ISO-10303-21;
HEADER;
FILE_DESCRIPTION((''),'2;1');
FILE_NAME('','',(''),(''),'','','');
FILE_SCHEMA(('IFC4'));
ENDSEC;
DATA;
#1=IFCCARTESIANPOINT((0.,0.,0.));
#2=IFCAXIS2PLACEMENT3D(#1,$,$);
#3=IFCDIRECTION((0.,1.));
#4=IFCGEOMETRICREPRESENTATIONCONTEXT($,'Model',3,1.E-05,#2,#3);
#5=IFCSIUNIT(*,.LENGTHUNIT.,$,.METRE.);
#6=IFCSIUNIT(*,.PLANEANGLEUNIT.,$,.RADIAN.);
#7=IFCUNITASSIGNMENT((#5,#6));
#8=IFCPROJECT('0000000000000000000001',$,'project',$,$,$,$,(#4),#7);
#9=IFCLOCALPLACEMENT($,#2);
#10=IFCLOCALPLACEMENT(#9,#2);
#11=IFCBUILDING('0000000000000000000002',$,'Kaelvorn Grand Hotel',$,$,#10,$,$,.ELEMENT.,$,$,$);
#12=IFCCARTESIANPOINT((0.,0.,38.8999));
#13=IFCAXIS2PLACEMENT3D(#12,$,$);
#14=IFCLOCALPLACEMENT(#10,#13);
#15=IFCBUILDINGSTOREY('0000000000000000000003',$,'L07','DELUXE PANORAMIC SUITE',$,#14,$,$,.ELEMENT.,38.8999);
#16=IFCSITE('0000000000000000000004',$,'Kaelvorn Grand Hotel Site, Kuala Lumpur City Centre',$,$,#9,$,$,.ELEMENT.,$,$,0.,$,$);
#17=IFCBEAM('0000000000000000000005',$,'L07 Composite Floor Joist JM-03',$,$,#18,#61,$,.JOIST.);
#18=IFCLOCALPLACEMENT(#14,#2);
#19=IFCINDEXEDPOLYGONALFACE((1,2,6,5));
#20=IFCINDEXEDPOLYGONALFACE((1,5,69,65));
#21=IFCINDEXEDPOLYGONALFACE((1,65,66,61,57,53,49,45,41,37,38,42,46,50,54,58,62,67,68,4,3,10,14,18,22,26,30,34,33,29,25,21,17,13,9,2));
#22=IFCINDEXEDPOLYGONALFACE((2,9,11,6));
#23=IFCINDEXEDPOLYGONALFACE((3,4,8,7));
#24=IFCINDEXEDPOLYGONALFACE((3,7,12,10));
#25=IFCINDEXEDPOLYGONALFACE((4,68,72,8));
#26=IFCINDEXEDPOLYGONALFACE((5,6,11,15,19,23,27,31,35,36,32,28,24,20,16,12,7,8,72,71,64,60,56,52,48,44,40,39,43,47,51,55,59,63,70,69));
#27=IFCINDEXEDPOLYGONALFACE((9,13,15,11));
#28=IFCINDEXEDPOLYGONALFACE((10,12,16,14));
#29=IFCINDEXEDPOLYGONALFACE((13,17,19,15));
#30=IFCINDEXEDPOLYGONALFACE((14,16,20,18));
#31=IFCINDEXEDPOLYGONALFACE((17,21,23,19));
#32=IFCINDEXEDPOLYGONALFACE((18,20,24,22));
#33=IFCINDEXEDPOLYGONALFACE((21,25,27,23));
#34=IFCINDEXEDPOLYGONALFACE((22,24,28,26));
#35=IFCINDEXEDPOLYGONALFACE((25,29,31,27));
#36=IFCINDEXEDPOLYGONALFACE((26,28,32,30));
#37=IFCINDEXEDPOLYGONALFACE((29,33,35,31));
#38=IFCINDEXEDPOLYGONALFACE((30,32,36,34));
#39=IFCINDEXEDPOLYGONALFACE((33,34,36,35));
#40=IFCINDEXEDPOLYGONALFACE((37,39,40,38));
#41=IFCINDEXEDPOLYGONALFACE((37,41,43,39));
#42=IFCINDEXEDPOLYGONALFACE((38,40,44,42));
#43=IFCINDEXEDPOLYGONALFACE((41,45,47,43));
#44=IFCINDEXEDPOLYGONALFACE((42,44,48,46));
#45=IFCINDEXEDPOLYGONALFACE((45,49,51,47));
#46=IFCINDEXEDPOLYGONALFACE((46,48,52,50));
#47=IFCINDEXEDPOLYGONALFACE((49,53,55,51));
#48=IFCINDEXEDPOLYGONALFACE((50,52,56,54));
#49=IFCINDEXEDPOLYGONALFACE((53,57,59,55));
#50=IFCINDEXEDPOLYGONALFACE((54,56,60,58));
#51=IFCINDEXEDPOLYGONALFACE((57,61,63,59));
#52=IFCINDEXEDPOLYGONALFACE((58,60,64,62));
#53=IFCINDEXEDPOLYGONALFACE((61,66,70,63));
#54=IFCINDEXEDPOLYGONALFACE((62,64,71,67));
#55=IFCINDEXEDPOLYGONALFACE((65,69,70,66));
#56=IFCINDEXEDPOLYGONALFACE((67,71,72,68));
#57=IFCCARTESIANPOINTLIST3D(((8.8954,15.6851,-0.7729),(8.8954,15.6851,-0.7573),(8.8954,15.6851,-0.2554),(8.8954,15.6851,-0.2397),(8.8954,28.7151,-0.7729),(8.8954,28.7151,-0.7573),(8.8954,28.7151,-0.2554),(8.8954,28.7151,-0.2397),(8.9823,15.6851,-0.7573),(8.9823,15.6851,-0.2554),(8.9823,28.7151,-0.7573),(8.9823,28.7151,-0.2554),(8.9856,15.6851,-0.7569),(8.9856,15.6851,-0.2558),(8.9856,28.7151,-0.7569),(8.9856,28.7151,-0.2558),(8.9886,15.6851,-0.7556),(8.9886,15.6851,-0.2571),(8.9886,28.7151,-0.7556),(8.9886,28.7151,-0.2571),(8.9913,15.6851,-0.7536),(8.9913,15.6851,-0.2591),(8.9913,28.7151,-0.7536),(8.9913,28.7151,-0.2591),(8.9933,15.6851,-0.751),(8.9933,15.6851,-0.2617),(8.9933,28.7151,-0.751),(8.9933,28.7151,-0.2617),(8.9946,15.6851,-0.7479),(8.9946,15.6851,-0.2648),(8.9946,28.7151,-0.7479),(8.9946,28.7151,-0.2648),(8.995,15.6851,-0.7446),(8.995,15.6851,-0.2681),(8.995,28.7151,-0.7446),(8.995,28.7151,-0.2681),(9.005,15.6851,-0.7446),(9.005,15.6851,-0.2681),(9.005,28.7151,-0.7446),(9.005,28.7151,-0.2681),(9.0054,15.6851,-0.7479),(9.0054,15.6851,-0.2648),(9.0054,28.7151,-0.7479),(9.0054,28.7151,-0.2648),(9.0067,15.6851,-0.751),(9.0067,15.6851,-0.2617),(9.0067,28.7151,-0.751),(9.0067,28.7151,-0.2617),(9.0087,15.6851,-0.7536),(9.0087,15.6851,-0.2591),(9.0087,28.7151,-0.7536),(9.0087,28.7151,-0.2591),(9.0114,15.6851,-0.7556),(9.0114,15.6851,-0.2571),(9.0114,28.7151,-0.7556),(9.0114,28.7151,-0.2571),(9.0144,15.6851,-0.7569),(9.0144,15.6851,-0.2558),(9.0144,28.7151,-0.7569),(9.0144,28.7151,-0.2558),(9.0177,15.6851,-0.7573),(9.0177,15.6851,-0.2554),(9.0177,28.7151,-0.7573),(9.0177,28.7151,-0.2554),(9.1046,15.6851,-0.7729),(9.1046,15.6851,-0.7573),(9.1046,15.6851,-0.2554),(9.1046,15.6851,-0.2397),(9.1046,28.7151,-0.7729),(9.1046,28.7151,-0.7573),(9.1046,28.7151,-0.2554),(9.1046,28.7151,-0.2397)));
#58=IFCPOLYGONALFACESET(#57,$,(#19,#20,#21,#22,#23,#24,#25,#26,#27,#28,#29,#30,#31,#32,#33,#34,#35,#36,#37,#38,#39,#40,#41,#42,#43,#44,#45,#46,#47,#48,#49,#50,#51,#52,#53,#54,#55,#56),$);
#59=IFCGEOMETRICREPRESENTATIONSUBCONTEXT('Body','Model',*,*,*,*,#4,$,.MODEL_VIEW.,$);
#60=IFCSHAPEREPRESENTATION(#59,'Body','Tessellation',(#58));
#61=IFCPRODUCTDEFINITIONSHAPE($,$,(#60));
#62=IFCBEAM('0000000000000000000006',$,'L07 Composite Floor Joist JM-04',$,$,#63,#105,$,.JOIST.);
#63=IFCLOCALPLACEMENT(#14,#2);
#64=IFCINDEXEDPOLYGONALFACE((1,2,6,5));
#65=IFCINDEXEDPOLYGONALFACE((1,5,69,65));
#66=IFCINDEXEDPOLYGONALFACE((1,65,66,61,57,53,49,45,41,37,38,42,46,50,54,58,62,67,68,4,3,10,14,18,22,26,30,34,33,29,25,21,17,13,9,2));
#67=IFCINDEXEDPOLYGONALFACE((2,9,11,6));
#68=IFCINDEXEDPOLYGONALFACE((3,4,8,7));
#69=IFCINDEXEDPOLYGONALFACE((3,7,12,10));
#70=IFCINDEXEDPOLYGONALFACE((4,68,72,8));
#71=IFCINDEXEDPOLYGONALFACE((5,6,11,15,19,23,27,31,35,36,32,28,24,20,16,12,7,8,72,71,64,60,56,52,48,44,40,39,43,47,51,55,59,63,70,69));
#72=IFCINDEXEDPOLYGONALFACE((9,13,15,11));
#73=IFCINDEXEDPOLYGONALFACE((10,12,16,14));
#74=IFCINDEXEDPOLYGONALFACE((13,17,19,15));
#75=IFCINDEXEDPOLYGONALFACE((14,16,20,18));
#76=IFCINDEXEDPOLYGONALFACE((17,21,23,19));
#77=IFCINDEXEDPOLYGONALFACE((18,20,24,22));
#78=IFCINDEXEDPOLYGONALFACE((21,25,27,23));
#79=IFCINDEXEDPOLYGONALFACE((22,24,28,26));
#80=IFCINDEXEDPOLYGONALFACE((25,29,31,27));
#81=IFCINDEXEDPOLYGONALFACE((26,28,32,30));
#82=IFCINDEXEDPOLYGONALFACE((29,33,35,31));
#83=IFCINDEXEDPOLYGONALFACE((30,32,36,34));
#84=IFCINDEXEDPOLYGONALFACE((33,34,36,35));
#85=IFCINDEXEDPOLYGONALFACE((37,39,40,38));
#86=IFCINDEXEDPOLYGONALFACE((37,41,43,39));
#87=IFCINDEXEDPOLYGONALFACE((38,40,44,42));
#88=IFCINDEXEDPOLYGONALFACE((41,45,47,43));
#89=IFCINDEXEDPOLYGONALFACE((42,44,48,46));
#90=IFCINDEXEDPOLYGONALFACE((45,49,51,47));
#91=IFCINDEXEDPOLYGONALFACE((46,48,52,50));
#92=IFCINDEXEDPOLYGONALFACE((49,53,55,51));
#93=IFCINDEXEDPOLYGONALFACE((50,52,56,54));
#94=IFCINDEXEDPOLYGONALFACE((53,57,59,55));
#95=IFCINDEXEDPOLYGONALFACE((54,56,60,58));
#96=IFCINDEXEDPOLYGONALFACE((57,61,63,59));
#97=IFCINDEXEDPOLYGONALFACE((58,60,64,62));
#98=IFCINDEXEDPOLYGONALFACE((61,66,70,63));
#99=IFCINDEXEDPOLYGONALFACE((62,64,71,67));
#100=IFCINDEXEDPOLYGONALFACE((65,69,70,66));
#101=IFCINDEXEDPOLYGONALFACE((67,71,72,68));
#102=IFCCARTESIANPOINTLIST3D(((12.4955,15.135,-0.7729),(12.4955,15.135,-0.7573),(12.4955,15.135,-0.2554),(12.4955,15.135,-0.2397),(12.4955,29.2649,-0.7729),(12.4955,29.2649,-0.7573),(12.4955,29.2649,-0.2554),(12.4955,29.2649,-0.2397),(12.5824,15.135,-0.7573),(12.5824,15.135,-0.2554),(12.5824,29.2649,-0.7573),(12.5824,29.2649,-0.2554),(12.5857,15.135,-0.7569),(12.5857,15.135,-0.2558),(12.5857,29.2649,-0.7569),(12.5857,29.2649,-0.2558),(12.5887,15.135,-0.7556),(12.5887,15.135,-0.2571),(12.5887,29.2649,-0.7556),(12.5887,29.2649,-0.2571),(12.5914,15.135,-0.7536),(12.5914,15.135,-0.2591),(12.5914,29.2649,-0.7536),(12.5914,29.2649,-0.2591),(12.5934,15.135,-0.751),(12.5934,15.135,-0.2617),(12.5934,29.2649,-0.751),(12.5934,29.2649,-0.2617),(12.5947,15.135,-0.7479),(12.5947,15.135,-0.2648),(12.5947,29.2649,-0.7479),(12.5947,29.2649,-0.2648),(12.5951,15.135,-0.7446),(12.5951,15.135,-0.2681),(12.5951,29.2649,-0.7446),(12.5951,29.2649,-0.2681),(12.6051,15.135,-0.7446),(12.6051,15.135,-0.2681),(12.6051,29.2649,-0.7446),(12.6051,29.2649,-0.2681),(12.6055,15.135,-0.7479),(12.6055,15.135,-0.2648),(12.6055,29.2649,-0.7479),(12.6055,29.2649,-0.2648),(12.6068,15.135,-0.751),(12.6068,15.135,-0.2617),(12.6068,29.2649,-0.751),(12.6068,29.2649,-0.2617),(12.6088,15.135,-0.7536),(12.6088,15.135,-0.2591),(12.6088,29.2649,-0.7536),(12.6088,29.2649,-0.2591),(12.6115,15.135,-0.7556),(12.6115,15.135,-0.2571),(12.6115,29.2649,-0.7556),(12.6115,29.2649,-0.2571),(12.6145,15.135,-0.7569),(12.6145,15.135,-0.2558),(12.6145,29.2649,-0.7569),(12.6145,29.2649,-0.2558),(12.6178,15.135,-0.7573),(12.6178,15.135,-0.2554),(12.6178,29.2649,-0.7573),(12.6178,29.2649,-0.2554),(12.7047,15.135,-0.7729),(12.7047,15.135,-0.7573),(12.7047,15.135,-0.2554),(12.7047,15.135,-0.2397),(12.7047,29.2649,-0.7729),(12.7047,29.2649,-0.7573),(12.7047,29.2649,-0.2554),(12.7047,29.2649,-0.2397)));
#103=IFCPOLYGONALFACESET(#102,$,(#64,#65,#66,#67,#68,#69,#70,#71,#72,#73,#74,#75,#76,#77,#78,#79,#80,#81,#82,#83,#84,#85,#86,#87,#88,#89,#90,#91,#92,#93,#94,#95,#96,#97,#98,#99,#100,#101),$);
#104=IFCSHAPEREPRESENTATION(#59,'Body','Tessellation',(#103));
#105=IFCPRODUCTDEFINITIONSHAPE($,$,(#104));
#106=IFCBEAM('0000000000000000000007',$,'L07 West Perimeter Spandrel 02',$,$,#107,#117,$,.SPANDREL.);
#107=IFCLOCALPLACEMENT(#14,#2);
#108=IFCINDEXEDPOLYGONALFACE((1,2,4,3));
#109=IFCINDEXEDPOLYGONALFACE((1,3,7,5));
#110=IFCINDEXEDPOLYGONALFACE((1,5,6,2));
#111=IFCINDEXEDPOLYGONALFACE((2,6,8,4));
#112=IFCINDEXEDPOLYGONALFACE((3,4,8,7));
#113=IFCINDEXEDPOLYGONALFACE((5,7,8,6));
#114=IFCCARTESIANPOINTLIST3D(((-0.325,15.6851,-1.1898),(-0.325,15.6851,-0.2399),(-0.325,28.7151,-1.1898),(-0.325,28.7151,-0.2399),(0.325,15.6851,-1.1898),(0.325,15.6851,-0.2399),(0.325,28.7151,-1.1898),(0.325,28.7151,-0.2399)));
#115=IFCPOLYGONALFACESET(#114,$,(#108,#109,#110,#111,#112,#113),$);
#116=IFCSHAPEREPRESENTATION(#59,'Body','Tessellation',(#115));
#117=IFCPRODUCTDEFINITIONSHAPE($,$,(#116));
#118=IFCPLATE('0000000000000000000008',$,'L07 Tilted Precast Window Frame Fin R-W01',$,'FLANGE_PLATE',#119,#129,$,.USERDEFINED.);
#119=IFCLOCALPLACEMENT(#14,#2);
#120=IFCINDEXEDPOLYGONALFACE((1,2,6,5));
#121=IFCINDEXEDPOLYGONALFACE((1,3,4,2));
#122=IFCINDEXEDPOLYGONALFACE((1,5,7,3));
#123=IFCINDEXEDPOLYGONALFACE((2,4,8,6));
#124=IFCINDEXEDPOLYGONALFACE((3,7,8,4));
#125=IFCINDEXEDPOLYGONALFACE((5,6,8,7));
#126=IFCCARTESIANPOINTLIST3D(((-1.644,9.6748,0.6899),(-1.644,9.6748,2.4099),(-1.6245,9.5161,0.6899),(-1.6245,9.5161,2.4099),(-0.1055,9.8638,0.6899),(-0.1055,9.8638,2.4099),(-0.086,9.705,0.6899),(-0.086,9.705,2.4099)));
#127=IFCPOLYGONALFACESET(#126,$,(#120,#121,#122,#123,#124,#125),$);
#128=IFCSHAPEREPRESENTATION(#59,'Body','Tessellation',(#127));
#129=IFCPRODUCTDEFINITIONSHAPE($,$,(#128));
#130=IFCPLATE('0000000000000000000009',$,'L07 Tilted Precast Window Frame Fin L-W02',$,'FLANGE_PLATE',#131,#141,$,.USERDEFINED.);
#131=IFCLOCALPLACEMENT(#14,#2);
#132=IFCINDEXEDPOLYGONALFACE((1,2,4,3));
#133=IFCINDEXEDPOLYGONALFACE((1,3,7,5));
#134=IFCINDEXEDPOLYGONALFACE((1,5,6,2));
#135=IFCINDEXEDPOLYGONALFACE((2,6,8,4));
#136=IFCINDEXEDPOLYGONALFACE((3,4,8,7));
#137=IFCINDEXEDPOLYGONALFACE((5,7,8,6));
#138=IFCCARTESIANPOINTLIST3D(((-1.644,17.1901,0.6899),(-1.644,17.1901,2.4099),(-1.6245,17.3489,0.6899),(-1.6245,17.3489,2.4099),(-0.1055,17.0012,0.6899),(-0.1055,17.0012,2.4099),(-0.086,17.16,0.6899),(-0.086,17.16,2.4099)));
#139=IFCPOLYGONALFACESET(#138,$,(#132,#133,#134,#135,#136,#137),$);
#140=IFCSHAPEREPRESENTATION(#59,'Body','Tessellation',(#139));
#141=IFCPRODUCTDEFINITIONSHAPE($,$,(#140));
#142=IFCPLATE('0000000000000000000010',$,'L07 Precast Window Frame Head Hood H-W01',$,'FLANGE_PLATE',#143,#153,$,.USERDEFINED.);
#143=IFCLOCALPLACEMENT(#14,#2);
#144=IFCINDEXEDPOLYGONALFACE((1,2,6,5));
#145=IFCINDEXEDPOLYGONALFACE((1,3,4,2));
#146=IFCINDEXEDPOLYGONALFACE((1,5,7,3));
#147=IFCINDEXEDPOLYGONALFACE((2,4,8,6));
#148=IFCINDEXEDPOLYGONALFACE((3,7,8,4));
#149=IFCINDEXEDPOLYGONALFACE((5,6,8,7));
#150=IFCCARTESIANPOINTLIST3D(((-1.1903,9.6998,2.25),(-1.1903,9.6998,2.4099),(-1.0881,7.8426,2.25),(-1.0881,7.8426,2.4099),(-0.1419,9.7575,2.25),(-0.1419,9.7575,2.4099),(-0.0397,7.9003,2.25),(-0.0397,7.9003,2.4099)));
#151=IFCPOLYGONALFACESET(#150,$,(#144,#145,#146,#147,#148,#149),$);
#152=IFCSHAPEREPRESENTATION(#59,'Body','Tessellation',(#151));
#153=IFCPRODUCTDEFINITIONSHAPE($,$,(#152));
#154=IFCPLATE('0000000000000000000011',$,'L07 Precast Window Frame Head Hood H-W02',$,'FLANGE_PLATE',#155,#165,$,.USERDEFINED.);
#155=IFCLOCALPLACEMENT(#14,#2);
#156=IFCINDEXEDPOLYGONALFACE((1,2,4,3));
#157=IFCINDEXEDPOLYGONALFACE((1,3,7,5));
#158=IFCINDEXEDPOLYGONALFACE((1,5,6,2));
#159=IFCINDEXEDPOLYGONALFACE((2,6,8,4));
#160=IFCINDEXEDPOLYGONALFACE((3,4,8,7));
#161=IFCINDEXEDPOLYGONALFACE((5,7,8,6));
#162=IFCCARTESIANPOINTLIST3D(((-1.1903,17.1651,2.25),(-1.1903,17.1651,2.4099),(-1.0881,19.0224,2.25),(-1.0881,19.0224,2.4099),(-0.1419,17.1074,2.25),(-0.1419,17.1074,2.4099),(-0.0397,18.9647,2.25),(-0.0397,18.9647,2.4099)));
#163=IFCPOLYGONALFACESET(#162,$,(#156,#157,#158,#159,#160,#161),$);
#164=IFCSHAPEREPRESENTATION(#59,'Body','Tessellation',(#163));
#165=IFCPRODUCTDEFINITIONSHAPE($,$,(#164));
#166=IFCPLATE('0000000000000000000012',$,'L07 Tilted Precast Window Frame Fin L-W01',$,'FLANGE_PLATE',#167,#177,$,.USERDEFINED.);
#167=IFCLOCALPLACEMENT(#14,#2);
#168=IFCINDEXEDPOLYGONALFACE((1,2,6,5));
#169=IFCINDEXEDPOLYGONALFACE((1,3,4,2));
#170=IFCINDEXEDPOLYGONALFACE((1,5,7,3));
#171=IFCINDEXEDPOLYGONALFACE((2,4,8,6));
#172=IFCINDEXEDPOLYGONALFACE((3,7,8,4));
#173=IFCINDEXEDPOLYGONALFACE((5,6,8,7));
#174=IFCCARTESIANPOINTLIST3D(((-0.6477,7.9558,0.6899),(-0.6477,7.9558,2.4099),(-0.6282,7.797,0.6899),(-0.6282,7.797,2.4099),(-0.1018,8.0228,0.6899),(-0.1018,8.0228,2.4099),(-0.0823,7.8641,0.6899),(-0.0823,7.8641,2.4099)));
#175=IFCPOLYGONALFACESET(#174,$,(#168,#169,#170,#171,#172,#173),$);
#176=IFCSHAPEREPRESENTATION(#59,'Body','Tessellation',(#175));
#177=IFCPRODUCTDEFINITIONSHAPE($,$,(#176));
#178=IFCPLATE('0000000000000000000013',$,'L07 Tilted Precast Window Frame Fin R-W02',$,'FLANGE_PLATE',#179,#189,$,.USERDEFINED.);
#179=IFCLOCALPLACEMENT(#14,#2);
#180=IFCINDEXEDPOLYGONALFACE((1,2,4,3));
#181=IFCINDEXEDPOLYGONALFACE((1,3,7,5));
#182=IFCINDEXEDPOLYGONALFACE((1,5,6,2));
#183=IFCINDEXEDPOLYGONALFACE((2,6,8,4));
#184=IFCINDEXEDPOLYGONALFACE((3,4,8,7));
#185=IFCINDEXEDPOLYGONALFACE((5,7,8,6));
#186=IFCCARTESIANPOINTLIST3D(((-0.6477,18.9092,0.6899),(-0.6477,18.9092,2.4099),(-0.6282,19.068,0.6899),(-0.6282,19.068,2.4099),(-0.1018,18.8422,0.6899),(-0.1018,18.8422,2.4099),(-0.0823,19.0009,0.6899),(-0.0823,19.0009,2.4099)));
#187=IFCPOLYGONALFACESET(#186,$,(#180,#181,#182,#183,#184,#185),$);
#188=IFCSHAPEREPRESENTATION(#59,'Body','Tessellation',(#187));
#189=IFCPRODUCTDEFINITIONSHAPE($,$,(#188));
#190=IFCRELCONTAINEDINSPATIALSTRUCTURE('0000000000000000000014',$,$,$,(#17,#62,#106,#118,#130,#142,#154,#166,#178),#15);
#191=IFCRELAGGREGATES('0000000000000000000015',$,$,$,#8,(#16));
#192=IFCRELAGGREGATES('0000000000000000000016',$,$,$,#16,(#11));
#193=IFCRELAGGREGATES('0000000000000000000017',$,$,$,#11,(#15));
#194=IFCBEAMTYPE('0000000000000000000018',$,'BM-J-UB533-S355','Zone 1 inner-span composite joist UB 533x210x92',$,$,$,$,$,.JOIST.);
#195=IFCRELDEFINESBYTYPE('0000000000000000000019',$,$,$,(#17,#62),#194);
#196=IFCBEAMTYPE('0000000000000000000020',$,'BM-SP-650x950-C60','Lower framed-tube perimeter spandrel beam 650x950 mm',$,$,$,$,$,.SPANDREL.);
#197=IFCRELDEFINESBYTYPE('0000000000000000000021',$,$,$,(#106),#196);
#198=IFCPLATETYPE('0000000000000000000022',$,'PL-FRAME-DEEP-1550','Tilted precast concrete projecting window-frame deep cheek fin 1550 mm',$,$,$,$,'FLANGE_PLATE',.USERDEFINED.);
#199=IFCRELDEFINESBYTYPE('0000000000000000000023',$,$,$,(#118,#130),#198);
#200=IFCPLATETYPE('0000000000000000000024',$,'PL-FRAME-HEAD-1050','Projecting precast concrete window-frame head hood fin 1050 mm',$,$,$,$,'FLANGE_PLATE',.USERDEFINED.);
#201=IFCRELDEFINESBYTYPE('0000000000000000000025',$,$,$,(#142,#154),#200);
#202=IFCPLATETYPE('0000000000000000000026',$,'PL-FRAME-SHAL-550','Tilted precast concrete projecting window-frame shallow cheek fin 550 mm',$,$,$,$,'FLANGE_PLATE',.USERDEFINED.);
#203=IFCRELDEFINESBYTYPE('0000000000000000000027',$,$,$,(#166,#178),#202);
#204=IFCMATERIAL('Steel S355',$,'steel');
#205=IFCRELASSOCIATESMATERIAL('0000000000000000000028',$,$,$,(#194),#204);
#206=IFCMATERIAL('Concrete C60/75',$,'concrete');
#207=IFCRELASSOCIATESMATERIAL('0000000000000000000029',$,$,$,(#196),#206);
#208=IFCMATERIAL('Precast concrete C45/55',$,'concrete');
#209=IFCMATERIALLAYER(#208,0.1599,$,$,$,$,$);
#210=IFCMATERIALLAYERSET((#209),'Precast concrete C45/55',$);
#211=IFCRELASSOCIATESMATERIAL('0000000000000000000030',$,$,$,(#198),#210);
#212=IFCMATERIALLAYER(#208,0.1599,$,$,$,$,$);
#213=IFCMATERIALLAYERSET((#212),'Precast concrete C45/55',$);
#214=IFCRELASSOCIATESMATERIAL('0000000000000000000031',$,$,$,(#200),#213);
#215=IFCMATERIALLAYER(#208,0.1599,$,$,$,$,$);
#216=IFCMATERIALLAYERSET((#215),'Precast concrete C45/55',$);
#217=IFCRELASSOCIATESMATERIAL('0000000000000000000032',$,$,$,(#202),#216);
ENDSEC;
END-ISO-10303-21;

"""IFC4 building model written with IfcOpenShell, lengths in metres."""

from ifc_helpers import new_model, si_unit, direction, frame, origin, origin_2d, place, context, subcontext, project, spatial, rectangle, i_section, extrude, material, layer, layer_set, material_profile, profile_set, type_object, element, save


model = new_model("IFC4")

# Units and contexts
model_context = context("Model", 3, precision=1e-05, world=origin(), true_north=direction((0.0, 1.0)))
body_context = subcontext(model_context, "Body", "Model", "MODEL_VIEW")
ifc_project = project(units=[si_unit("LENGTHUNIT", "METRE"), si_unit("PLANEANGLEUNIT", "RADIAN")], contexts=[model_context])

# Site, building, storey
site_placement = place(None, origin())
site = spatial("IfcSite", under=ifc_project, at=site_placement, Name="Kaelvorn Grand Hotel Site, Kuala Lumpur City Centre", CompositionType="ELEMENT", RefElevation=0.0)
building_placement = place(site_placement, origin())
building = spatial("IfcBuilding", under=site, at=building_placement, Name="Kaelvorn Grand Hotel", CompositionType="ELEMENT")
storey_placement = place(building_placement, frame((0.0, 0.0, 38.8999)))
storey = spatial("IfcBuildingStorey", under=building, at=storey_placement, Name="L07", Description="DELUXE PANORAMIC SUITE", CompositionType="ELEMENT", Elevation=38.8999)

# Beams
ifc_material_1 = material(Name="Steel S355", Category="steel")
ifc_material_profile_1 = material_profile(ifc_material_1, i_section(OverallWidth=0.2092, OverallDepth=0.5332, WebThickness=0.01, FlangeThickness=0.0156, FilletRadius=0.0127, at=origin_2d()), Name="UB 533x210x92")
ifc_profile_set_1 = profile_set([ifc_material_profile_1], Name="Steel S355")
beam_type_1 = type_object("IfcBeamType", Name="BM-J-UB533-S355", Description="Zone 1 inner-span composite joist UB 533x210x92", PredefinedType="JOIST", material=ifc_profile_set_1)
beam_1_placement = place(storey_placement, frame((9.0, 15.6851, -0.5063), z_axis=(0.0, 1.0, 0.0), x_axis=(-1.0, 0.0, 0.0)))
element("IfcBeam", 1, at=beam_1_placement, inside=storey, type_object=beam_type_1, Name="L07 Composite Floor Joist JM-03", PredefinedType="JOIST", context=body_context, shape_type="SweptSolid", body=[
    extrude(i_section(OverallWidth=0.2092, OverallDepth=0.5332, WebThickness=0.01, FlangeThickness=0.0156, FilletRadius=0.0127, at=origin_2d()), origin(), (0.0, 0.0, 1.0), 13.03),
])
beam_2_placement = place(storey_placement, frame((12.6001, 15.135, -0.5063), z_axis=(0.0, 1.0, 0.0), x_axis=(-1.0, 0.0, 0.0)))
element("IfcBeam", 2, at=beam_2_placement, inside=storey, type_object=beam_type_1, Name="L07 Composite Floor Joist JM-04", PredefinedType="JOIST", context=body_context, shape_type="SweptSolid", body=[
    extrude(i_section(OverallWidth=0.2092, OverallDepth=0.5332, WebThickness=0.01, FlangeThickness=0.0156, FilletRadius=0.0127, at=origin_2d()), origin(), (0.0, 0.0, 1.0), 14.1299),
])
ifc_material_2 = material(Name="Concrete C60/75", Category="concrete")
ifc_material_profile_2 = material_profile(ifc_material_2, rectangle(XDim=0.6499, YDim=0.95, at=origin_2d()), Name="RC SPANDREL 650x950")
ifc_profile_set_2 = profile_set([ifc_material_profile_2], Name="Concrete C60/75")
beam_type_2 = type_object("IfcBeamType", Name="BM-SP-650x950-C60", Description="Lower framed-tube perimeter spandrel beam 650x950 mm", PredefinedType="SPANDREL", material=ifc_profile_set_2)
beam_3_placement = place(storey_placement, frame((0.0, 15.6851, -0.7148), z_axis=(0.0, 1.0, 0.0), x_axis=(-1.0, 0.0, 0.0)))
element("IfcBeam", 3, at=beam_3_placement, inside=storey, type_object=beam_type_2, Name="L07 West Perimeter Spandrel 02", PredefinedType="SPANDREL", context=body_context, shape_type="SweptSolid", body=[
    extrude(rectangle(XDim=0.6499, YDim=0.95, at=origin_2d()), origin(), (0.0, 0.0, 1.0), 13.03),
])

# Plates
ifc_material_3 = material(Name="Precast concrete C45/55", Category="concrete")
ifc_layer_1 = layer(ifc_material_3, 0.1599)
ifc_layer_set_1 = layer_set([ifc_layer_1], Name="Precast concrete C45/55")
plate_type_1 = type_object("IfcPlateType", Name="PL-FRAME-DEEP-1550", Description="Tilted precast concrete projecting window-frame deep cheek fin 1550 mm", ElementType="FLANGE_PLATE", PredefinedType="USERDEFINED", material=ifc_layer_set_1)
for number, where, z_axis, x_axis, name in (
    (4, (-0.865, 9.6899, 0.6899), (0.0, 0.0, 1.0), (-0.121869, 0.992546, 0.0), "L07 Tilted Precast Window Frame Fin R-W01"),
    (5, (-0.865, 17.175, 0.6899), (0.0, 0.0, 1.0), (0.121869, 0.992546, 0.0), "L07 Tilted Precast Window Frame Fin L-W02"),
):
    element("IfcPlate", number, at=place(storey_placement, frame(where, z_axis=z_axis, x_axis=x_axis)), inside=storey, type_object=plate_type_1, Name=name, ObjectType="FLANGE_PLATE", PredefinedType="USERDEFINED", context=body_context, shape_type="SweptSolid", body=[
        extrude(rectangle(XDim=0.1599, YDim=1.55, at=origin_2d()), origin(), (0.0, 0.0, 1.0), 1.72),
    ])
ifc_layer_2 = layer(ifc_material_3, 0.1599)
ifc_layer_set_2 = layer_set([ifc_layer_2], Name="Precast concrete C45/55")
plate_type_2 = type_object("IfcPlateType", Name="PL-FRAME-HEAD-1050", Description="Projecting precast concrete window-frame head hood fin 1050 mm", ElementType="FLANGE_PLATE", PredefinedType="USERDEFINED", material=ifc_layer_set_2)
for number, where, z_axis, x_axis, name in (
    (6, (-0.615, 8.8, 2.25), (0.0, 0.0, 1.0), (-0.05495, 0.998489, 0.0), "L07 Precast Window Frame Head Hood H-W01"),
    (7, (-0.615, 18.0649, 2.25), (0.0, 0.0, 1.0), (0.05495, 0.998489, 0.0), "L07 Precast Window Frame Head Hood H-W02"),
):
    element("IfcPlate", number, at=place(storey_placement, frame(where, z_axis=z_axis, x_axis=x_axis)), inside=storey, type_object=plate_type_2, Name=name, ObjectType="FLANGE_PLATE", PredefinedType="USERDEFINED", context=body_context, shape_type="SweptSolid", body=[
        extrude(rectangle(XDim=1.8601, YDim=1.05, at=origin_2d()), origin(), (0.0, 0.0, 1.0), 0.1599),
    ])
ifc_layer_3 = layer(ifc_material_3, 0.1599)
ifc_layer_set_3 = layer_set([ifc_layer_3], Name="Precast concrete C45/55")
plate_type_3 = type_object("IfcPlateType", Name="PL-FRAME-SHAL-550", Description="Tilted precast concrete projecting window-frame shallow cheek fin 550 mm", ElementType="FLANGE_PLATE", PredefinedType="USERDEFINED", material=ifc_layer_set_3)
for number, where, z_axis, x_axis, name in (
    (8, (-0.365, 7.9099, 0.6899), (0.0, 0.0, 1.0), (-0.121869, 0.992546, 0.0), "L07 Tilted Precast Window Frame Fin L-W01"),
    (9, (-0.365, 18.9551, 0.6899), (0.0, 0.0, 1.0), (0.121869, 0.992546, 0.0), "L07 Tilted Precast Window Frame Fin R-W02"),
):
    element("IfcPlate", number, at=place(storey_placement, frame(where, z_axis=z_axis, x_axis=x_axis)), inside=storey, type_object=plate_type_3, Name=name, ObjectType="FLANGE_PLATE", PredefinedType="USERDEFINED", context=body_context, shape_type="SweptSolid", body=[
        extrude(rectangle(XDim=0.1599, YDim=0.55, at=origin_2d()), origin(), (0.0, 0.0, 1.0), 1.72),
    ])

save(model, "model.ifc")
